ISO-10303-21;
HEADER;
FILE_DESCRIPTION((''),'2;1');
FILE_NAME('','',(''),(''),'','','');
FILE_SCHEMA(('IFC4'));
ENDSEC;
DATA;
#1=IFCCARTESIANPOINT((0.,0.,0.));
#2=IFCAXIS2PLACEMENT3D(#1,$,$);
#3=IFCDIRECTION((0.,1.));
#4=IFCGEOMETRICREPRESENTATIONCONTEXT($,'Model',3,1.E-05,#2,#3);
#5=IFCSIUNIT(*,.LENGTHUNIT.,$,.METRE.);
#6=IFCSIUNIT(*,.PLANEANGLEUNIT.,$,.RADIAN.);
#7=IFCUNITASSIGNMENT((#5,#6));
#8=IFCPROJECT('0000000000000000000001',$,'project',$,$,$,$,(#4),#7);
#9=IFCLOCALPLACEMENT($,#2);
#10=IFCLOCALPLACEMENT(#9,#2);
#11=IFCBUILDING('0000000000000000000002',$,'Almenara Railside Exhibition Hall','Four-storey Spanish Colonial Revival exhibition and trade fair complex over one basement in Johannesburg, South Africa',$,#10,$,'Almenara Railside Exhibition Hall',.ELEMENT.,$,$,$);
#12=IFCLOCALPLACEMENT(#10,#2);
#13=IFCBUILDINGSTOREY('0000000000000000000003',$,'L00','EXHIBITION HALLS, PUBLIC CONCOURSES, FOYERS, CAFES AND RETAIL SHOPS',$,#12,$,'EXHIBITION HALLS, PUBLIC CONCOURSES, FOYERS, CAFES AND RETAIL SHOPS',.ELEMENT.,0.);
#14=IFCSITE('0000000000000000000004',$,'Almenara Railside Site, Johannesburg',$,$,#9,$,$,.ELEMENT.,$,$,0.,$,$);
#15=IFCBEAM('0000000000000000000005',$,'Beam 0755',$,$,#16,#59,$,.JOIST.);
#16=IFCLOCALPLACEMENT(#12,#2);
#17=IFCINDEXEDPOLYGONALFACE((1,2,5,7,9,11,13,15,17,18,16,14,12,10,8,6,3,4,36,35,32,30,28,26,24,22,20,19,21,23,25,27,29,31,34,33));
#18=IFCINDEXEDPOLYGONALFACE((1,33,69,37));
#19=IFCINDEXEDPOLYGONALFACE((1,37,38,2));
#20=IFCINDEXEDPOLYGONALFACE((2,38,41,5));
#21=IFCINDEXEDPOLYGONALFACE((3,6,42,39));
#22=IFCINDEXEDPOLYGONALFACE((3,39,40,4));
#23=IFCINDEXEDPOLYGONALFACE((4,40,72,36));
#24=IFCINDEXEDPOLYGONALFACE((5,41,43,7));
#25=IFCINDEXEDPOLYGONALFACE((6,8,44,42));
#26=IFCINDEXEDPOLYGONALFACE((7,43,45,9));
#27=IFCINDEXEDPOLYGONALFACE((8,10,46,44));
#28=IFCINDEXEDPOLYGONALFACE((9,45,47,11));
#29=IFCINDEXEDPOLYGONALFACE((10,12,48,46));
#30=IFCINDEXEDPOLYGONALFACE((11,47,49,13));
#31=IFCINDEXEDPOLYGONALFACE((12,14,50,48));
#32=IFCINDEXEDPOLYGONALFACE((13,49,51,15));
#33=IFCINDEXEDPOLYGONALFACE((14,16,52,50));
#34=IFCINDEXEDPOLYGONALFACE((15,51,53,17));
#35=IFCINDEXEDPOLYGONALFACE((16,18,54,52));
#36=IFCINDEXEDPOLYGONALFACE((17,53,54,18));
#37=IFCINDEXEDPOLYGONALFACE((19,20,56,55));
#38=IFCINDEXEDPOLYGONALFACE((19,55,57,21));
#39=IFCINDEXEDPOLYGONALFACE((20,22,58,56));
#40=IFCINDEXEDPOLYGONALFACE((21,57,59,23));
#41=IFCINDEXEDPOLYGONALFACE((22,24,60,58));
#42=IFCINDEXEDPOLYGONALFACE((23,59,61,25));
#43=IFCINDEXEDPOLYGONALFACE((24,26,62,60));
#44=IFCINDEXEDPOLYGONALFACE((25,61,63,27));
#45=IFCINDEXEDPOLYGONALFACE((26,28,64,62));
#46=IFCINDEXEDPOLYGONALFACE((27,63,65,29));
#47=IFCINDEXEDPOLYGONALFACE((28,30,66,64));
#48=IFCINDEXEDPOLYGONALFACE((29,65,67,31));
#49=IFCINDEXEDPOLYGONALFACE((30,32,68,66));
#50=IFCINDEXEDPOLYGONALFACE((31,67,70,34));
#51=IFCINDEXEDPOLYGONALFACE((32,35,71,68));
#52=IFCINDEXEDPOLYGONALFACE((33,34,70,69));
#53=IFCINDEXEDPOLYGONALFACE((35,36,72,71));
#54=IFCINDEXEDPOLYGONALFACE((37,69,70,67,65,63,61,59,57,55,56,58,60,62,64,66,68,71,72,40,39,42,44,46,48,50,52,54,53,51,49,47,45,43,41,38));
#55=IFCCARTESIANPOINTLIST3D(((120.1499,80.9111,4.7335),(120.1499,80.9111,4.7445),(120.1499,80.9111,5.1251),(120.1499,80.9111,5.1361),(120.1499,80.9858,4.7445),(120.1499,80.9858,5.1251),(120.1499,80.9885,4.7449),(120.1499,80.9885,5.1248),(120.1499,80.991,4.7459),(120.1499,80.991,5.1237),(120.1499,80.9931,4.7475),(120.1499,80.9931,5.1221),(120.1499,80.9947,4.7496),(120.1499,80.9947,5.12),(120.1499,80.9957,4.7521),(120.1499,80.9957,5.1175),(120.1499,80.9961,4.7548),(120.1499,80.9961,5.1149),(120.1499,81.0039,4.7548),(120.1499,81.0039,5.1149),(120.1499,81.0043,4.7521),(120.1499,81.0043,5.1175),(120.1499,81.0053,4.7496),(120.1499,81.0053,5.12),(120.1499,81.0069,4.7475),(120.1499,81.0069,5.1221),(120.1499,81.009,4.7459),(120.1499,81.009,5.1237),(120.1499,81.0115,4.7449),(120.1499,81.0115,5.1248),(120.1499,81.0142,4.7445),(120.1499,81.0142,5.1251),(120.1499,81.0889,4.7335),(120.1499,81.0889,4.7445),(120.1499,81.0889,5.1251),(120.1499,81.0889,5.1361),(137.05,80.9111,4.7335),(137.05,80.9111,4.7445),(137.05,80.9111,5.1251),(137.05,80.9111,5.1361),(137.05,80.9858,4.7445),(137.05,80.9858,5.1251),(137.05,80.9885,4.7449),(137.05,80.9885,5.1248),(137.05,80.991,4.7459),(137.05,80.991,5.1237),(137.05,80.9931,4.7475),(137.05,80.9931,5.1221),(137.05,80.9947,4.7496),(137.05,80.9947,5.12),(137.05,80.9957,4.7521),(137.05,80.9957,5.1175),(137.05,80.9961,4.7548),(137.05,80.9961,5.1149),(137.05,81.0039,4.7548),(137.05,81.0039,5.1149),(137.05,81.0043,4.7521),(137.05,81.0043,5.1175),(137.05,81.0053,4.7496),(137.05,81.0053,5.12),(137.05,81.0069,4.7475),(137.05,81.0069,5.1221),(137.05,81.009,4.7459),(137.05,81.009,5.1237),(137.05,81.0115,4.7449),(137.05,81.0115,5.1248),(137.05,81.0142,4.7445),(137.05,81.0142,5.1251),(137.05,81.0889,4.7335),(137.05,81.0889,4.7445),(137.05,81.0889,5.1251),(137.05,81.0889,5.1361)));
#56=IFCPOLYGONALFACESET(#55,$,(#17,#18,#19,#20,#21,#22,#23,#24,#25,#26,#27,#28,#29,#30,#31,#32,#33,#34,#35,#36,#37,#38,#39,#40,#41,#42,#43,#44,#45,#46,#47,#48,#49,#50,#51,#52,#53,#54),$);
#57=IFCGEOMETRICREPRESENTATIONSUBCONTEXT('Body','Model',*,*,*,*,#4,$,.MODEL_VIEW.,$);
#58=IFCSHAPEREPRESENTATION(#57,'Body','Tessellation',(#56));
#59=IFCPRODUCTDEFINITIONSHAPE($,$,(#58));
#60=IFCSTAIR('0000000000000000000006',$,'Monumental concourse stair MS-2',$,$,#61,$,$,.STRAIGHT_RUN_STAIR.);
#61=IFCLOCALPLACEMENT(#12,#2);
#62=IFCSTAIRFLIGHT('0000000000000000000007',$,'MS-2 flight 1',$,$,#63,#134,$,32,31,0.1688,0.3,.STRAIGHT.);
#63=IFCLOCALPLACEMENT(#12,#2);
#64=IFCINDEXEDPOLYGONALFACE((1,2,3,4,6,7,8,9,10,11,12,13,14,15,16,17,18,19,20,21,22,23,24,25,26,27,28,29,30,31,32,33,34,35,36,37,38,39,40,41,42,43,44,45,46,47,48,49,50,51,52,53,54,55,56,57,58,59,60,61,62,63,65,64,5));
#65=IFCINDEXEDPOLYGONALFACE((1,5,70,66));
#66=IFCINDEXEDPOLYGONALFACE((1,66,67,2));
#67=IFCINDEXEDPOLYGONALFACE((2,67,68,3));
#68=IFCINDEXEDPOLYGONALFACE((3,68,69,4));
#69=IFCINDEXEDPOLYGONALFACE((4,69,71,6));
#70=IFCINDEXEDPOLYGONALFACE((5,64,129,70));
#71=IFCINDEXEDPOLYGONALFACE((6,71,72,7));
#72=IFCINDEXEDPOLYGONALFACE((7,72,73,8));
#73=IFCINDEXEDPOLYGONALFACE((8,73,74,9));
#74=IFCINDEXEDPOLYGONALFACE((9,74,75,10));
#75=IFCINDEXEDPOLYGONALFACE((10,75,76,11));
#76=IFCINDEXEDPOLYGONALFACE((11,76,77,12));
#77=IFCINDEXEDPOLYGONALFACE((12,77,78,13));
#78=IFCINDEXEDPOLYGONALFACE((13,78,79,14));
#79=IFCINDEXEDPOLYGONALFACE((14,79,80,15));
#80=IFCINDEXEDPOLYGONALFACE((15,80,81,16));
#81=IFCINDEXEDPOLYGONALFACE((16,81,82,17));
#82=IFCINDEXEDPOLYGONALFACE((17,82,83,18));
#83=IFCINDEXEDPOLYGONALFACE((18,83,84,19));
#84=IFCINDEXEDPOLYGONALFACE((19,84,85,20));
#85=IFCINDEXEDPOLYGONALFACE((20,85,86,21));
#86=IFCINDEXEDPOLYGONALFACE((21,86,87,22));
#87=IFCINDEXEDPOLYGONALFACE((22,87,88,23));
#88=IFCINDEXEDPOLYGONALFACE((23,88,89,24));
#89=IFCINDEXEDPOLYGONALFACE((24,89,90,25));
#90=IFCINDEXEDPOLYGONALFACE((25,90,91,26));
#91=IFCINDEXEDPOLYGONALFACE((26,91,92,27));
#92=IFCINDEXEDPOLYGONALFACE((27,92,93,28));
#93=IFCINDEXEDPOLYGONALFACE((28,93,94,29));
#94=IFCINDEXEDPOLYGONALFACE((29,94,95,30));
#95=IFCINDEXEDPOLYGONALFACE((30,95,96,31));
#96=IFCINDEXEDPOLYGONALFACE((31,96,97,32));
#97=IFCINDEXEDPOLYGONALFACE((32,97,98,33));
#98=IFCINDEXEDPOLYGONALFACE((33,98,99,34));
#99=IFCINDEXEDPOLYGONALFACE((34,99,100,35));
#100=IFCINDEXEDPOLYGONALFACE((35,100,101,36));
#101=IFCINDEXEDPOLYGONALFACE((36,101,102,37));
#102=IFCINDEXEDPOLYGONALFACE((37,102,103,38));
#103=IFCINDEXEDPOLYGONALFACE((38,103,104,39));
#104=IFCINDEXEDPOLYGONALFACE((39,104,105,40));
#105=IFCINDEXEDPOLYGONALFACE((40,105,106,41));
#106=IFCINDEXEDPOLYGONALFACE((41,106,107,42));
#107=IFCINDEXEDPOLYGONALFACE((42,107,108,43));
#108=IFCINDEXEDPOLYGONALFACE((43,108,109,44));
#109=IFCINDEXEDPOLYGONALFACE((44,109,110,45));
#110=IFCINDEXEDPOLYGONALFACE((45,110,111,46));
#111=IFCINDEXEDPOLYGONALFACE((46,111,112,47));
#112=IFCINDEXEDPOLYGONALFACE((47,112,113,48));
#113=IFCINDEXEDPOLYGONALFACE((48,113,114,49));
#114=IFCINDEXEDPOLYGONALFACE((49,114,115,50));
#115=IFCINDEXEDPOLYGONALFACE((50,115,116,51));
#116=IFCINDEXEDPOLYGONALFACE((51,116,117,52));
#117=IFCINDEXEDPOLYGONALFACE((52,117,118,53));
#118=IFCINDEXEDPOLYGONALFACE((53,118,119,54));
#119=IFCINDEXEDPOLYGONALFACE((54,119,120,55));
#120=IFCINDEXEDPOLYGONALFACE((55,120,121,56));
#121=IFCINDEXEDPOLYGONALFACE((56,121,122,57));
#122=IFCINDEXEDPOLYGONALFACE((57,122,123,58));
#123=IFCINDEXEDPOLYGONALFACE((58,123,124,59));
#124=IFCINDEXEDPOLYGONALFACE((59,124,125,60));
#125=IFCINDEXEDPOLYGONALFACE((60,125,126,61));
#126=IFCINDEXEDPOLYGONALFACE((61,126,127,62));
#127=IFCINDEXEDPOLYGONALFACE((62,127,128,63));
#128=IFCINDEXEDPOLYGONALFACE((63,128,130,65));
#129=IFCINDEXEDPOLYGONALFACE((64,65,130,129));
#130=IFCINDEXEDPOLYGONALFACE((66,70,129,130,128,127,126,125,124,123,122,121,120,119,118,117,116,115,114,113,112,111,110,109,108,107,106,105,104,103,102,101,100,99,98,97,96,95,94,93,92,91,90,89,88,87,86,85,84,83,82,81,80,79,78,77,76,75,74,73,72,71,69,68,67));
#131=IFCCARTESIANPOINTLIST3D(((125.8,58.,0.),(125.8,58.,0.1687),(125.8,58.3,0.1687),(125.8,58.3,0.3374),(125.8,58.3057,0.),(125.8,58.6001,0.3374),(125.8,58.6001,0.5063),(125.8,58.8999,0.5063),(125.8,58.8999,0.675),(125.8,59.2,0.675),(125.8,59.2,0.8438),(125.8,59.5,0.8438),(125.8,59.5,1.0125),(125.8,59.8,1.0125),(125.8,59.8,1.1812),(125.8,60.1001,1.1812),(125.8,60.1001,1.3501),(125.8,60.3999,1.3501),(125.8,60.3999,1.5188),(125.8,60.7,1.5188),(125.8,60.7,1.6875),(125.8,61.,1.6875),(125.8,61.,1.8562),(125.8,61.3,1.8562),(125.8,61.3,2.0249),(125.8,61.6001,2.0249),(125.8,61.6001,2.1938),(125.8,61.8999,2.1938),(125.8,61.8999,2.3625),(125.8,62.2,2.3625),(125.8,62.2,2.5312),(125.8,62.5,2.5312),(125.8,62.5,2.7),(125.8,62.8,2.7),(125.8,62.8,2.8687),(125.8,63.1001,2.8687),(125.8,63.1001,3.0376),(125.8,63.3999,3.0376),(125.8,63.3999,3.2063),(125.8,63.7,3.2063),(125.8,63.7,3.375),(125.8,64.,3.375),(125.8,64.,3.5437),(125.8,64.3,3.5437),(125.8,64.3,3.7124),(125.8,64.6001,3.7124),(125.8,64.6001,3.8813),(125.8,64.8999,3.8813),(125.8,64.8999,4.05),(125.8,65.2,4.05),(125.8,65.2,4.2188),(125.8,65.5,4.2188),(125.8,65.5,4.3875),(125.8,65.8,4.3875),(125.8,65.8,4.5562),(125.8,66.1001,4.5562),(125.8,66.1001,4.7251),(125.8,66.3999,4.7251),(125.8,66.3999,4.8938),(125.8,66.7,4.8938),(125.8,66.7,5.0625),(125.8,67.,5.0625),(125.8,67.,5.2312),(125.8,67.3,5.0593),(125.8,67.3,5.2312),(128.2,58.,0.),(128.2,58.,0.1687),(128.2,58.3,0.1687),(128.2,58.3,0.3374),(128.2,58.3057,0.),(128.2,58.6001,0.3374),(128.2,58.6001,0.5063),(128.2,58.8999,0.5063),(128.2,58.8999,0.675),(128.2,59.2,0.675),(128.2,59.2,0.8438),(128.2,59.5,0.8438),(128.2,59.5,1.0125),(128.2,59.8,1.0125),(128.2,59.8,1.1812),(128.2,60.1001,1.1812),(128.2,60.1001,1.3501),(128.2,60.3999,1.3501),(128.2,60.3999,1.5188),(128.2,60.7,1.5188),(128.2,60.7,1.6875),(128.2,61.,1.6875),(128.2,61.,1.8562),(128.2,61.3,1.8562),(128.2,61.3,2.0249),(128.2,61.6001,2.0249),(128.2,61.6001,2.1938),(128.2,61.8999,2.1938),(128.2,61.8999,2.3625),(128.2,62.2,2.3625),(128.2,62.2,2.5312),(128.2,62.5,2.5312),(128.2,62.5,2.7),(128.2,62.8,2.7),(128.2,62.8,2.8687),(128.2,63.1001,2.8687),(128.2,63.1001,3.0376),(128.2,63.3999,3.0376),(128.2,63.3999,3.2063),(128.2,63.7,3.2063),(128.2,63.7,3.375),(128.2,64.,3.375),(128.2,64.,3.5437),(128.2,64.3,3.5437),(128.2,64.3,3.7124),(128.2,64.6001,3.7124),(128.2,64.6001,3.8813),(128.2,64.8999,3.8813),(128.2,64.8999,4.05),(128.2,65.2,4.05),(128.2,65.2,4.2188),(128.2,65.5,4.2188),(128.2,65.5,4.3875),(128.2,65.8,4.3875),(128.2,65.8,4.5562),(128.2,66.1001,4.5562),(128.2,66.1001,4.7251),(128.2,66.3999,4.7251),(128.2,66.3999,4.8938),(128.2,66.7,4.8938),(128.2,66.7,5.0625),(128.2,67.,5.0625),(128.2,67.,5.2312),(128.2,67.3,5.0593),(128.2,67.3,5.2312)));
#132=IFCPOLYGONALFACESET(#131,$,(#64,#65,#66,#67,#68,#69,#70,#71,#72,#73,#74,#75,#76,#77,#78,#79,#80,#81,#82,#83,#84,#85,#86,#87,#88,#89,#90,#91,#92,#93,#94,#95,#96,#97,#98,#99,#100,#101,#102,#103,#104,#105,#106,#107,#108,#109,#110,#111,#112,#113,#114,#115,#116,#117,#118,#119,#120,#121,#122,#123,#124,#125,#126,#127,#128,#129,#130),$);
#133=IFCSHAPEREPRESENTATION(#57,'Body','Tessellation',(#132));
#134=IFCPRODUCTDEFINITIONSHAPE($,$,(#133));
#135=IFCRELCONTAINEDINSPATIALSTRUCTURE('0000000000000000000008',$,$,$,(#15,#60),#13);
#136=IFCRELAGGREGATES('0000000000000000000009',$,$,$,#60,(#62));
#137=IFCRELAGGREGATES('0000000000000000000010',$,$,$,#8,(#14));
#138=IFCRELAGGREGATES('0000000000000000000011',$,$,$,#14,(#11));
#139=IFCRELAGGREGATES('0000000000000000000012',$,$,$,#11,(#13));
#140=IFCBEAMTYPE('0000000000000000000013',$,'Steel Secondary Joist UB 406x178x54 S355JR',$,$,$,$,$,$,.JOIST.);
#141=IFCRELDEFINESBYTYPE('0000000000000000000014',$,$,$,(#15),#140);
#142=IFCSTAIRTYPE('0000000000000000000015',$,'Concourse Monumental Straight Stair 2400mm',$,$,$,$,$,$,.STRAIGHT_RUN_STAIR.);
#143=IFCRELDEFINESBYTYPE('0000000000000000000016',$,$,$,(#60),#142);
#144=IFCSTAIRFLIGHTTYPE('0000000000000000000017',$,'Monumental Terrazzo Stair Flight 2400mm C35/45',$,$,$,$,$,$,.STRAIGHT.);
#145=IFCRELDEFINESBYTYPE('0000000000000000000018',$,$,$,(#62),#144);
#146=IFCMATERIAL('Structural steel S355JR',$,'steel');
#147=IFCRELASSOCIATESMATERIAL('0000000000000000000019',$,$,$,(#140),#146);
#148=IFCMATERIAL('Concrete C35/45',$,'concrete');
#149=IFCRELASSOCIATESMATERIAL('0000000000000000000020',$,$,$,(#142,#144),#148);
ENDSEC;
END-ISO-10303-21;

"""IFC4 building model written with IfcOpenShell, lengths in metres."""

from ifc_helpers import new_model, si_unit, direction, frame, origin, origin_2d, place, context, subcontext, project, spatial, polyline, i_section, outline, extrude, material, material_profile, profile_set, type_object, element, aggregate, save


model = new_model("IFC4")

# Units and contexts
model_context = context("Model", 3, precision=1e-05, world=origin(), true_north=direction((0.0, 1.0)))
body_context = subcontext(model_context, "Body", "Model", "MODEL_VIEW")
ifc_project = project(units=[si_unit("LENGTHUNIT", "METRE"), si_unit("PLANEANGLEUNIT", "RADIAN")], contexts=[model_context])

# Site, building, storey
site_placement = place(None, origin())
site = spatial("IfcSite", under=ifc_project, at=site_placement, Name="Almenara Railside Site, Johannesburg", CompositionType="ELEMENT", RefElevation=0.0)
building_placement = place(site_placement, origin())
building = spatial("IfcBuilding", under=site, at=building_placement, Name="Almenara Railside Exhibition Hall", Description="Four-storey Spanish Colonial Revival exhibition and trade fair complex over one basement in Johannesburg, South Africa", LongName="Almenara Railside Exhibition Hall", CompositionType="ELEMENT")
storey_placement = place(building_placement, origin())
storey = spatial("IfcBuildingStorey", under=building, at=storey_placement, Name="L00", Description="EXHIBITION HALLS, PUBLIC CONCOURSES, FOYERS, CAFES AND RETAIL SHOPS", LongName="EXHIBITION HALLS, PUBLIC CONCOURSES, FOYERS, CAFES AND RETAIL SHOPS", CompositionType="ELEMENT", Elevation=0.0)

# Shared definitions
ifc_material_1 = material(Name="Concrete C35/45", Category="concrete")

# Beam
ifc_material_2 = material(Name="Structural steel S355JR", Category="steel")
ifc_material_profile_1 = material_profile(ifc_material_2, i_section(OverallWidth=0.1777, OverallDepth=0.4026, WebThickness=0.0078, FlangeThickness=0.011, FilletRadius=0.0103, at=origin_2d()), Name="UB 406x178x54")
ifc_profile_set_1 = profile_set([ifc_material_profile_1], Name="Structural steel S355JR")
beam_type_1 = type_object("IfcBeamType", Name="Steel Secondary Joist UB 406x178x54 S355JR", PredefinedType="JOIST", material=ifc_profile_set_1)
beam_1_placement = place(storey_placement, frame((120.1499, 81.0, 4.9348), z_axis=(1.0, 0.0, 0.0), x_axis=(0.0, 1.0, 0.0)))
element("IfcBeam", 1, at=beam_1_placement, inside=storey, type_object=beam_type_1, Name="Beam 0755", PredefinedType="JOIST", context=body_context, shape_type="SweptSolid", body=[
    extrude(i_section(OverallWidth=0.1777, OverallDepth=0.4026, WebThickness=0.0078, FlangeThickness=0.011, FilletRadius=0.0103, at=origin_2d()), origin(), (0.0, 0.0, 1.0), 16.9001),
])

# Stair, stair flight
stair_type = type_object("IfcStairType", Name="Concourse Monumental Straight Stair 2400mm", PredefinedType="STRAIGHT_RUN_STAIR", material=ifc_material_1)
stair_placement = place(storey_placement, origin())
stair = element("IfcStair", 2, at=stair_placement, inside=storey, type_object=stair_type, Name="Monumental concourse stair MS-2", PredefinedType="STRAIGHT_RUN_STAIR")
stair_flight_type = type_object("IfcStairFlightType", Name="Monumental Terrazzo Stair Flight 2400mm C35/45", PredefinedType="STRAIGHT", material=ifc_material_1)
stair_flight_placement = place(storey_placement, frame((127.0, 58.0, 0.0), z_axis=(0.0, 0.0, 1.0), x_axis=(0.0, 1.0, 0.0)))
stair_flight = element("IfcStairFlight", 3, at=stair_flight_placement, type_object=stair_flight_type, Name="MS-2 flight 1", NumberOfRisers=32, NumberOfTreads=31, PredefinedType="STRAIGHT", RiserHeight=0.1688, TreadLength=0.3, context=body_context, shape_type="SweptSolid", body=[
    extrude(outline(polyline([(0.0, 0.0), (0.0, 0.1687), (0.3, 0.1687), (0.3, 0.3374), (0.6001, 0.3374), (0.6001, 0.5063), (0.8999, 0.5063), (0.8999, 0.675), (1.2, 0.675), (1.2, 0.8438), (1.5, 0.8438), (1.5, 1.0125), (1.8, 1.0125), (1.8, 1.1812), (2.1001, 1.1812), (2.1001, 1.3501), (2.3999, 1.3501), (2.3999, 1.5188), (2.7, 1.5188), (2.7, 1.6875), (3.0, 1.6875), (3.0, 1.8562), (3.3, 1.8562), (3.3, 2.0249), (3.6001, 2.0249), (3.6001, 2.1938), (3.8999, 2.1938), (3.8999, 2.3625), (4.2, 2.3625), (4.2, 2.5312), (4.5, 2.5312), (4.5, 2.7), (4.8, 2.7), (4.8, 2.8687), (5.1001, 2.8687), (5.1001, 3.0376), (5.3999, 3.0376), (5.3999, 3.2063), (5.7, 3.2063), (5.7, 3.375), (6.0, 3.375), (6.0, 3.5437), (6.3, 3.5437), (6.3, 3.7124), (6.6001, 3.7124), (6.6001, 3.8813), (6.8999, 3.8813), (6.8999, 4.05), (7.2, 4.05), (7.2, 4.2188), (7.5, 4.2188), (7.5, 4.3875), (7.8, 4.3875), (7.8, 4.5562), (8.1001, 4.5562), (8.1001, 4.7251), (8.3999, 4.7251), (8.3999, 4.8938), (8.7, 4.8938), (8.7, 5.0625), (9.0, 5.0625), (9.0, 5.2312), (9.3, 5.2312), (9.3, 5.3999), (9.3, 5.0593), (0.3057, 0.0), (0.0, 0.0)])), frame((0.0, 1.2, 0.0), z_axis=(0.0, -1.0, 0.0), x_axis=(1.0, 0.0, 0.0)), (0.0, 0.0, 1.0), 2.3999),
])
aggregate(stair, [stair_flight])

save(model, "model.ifc")
